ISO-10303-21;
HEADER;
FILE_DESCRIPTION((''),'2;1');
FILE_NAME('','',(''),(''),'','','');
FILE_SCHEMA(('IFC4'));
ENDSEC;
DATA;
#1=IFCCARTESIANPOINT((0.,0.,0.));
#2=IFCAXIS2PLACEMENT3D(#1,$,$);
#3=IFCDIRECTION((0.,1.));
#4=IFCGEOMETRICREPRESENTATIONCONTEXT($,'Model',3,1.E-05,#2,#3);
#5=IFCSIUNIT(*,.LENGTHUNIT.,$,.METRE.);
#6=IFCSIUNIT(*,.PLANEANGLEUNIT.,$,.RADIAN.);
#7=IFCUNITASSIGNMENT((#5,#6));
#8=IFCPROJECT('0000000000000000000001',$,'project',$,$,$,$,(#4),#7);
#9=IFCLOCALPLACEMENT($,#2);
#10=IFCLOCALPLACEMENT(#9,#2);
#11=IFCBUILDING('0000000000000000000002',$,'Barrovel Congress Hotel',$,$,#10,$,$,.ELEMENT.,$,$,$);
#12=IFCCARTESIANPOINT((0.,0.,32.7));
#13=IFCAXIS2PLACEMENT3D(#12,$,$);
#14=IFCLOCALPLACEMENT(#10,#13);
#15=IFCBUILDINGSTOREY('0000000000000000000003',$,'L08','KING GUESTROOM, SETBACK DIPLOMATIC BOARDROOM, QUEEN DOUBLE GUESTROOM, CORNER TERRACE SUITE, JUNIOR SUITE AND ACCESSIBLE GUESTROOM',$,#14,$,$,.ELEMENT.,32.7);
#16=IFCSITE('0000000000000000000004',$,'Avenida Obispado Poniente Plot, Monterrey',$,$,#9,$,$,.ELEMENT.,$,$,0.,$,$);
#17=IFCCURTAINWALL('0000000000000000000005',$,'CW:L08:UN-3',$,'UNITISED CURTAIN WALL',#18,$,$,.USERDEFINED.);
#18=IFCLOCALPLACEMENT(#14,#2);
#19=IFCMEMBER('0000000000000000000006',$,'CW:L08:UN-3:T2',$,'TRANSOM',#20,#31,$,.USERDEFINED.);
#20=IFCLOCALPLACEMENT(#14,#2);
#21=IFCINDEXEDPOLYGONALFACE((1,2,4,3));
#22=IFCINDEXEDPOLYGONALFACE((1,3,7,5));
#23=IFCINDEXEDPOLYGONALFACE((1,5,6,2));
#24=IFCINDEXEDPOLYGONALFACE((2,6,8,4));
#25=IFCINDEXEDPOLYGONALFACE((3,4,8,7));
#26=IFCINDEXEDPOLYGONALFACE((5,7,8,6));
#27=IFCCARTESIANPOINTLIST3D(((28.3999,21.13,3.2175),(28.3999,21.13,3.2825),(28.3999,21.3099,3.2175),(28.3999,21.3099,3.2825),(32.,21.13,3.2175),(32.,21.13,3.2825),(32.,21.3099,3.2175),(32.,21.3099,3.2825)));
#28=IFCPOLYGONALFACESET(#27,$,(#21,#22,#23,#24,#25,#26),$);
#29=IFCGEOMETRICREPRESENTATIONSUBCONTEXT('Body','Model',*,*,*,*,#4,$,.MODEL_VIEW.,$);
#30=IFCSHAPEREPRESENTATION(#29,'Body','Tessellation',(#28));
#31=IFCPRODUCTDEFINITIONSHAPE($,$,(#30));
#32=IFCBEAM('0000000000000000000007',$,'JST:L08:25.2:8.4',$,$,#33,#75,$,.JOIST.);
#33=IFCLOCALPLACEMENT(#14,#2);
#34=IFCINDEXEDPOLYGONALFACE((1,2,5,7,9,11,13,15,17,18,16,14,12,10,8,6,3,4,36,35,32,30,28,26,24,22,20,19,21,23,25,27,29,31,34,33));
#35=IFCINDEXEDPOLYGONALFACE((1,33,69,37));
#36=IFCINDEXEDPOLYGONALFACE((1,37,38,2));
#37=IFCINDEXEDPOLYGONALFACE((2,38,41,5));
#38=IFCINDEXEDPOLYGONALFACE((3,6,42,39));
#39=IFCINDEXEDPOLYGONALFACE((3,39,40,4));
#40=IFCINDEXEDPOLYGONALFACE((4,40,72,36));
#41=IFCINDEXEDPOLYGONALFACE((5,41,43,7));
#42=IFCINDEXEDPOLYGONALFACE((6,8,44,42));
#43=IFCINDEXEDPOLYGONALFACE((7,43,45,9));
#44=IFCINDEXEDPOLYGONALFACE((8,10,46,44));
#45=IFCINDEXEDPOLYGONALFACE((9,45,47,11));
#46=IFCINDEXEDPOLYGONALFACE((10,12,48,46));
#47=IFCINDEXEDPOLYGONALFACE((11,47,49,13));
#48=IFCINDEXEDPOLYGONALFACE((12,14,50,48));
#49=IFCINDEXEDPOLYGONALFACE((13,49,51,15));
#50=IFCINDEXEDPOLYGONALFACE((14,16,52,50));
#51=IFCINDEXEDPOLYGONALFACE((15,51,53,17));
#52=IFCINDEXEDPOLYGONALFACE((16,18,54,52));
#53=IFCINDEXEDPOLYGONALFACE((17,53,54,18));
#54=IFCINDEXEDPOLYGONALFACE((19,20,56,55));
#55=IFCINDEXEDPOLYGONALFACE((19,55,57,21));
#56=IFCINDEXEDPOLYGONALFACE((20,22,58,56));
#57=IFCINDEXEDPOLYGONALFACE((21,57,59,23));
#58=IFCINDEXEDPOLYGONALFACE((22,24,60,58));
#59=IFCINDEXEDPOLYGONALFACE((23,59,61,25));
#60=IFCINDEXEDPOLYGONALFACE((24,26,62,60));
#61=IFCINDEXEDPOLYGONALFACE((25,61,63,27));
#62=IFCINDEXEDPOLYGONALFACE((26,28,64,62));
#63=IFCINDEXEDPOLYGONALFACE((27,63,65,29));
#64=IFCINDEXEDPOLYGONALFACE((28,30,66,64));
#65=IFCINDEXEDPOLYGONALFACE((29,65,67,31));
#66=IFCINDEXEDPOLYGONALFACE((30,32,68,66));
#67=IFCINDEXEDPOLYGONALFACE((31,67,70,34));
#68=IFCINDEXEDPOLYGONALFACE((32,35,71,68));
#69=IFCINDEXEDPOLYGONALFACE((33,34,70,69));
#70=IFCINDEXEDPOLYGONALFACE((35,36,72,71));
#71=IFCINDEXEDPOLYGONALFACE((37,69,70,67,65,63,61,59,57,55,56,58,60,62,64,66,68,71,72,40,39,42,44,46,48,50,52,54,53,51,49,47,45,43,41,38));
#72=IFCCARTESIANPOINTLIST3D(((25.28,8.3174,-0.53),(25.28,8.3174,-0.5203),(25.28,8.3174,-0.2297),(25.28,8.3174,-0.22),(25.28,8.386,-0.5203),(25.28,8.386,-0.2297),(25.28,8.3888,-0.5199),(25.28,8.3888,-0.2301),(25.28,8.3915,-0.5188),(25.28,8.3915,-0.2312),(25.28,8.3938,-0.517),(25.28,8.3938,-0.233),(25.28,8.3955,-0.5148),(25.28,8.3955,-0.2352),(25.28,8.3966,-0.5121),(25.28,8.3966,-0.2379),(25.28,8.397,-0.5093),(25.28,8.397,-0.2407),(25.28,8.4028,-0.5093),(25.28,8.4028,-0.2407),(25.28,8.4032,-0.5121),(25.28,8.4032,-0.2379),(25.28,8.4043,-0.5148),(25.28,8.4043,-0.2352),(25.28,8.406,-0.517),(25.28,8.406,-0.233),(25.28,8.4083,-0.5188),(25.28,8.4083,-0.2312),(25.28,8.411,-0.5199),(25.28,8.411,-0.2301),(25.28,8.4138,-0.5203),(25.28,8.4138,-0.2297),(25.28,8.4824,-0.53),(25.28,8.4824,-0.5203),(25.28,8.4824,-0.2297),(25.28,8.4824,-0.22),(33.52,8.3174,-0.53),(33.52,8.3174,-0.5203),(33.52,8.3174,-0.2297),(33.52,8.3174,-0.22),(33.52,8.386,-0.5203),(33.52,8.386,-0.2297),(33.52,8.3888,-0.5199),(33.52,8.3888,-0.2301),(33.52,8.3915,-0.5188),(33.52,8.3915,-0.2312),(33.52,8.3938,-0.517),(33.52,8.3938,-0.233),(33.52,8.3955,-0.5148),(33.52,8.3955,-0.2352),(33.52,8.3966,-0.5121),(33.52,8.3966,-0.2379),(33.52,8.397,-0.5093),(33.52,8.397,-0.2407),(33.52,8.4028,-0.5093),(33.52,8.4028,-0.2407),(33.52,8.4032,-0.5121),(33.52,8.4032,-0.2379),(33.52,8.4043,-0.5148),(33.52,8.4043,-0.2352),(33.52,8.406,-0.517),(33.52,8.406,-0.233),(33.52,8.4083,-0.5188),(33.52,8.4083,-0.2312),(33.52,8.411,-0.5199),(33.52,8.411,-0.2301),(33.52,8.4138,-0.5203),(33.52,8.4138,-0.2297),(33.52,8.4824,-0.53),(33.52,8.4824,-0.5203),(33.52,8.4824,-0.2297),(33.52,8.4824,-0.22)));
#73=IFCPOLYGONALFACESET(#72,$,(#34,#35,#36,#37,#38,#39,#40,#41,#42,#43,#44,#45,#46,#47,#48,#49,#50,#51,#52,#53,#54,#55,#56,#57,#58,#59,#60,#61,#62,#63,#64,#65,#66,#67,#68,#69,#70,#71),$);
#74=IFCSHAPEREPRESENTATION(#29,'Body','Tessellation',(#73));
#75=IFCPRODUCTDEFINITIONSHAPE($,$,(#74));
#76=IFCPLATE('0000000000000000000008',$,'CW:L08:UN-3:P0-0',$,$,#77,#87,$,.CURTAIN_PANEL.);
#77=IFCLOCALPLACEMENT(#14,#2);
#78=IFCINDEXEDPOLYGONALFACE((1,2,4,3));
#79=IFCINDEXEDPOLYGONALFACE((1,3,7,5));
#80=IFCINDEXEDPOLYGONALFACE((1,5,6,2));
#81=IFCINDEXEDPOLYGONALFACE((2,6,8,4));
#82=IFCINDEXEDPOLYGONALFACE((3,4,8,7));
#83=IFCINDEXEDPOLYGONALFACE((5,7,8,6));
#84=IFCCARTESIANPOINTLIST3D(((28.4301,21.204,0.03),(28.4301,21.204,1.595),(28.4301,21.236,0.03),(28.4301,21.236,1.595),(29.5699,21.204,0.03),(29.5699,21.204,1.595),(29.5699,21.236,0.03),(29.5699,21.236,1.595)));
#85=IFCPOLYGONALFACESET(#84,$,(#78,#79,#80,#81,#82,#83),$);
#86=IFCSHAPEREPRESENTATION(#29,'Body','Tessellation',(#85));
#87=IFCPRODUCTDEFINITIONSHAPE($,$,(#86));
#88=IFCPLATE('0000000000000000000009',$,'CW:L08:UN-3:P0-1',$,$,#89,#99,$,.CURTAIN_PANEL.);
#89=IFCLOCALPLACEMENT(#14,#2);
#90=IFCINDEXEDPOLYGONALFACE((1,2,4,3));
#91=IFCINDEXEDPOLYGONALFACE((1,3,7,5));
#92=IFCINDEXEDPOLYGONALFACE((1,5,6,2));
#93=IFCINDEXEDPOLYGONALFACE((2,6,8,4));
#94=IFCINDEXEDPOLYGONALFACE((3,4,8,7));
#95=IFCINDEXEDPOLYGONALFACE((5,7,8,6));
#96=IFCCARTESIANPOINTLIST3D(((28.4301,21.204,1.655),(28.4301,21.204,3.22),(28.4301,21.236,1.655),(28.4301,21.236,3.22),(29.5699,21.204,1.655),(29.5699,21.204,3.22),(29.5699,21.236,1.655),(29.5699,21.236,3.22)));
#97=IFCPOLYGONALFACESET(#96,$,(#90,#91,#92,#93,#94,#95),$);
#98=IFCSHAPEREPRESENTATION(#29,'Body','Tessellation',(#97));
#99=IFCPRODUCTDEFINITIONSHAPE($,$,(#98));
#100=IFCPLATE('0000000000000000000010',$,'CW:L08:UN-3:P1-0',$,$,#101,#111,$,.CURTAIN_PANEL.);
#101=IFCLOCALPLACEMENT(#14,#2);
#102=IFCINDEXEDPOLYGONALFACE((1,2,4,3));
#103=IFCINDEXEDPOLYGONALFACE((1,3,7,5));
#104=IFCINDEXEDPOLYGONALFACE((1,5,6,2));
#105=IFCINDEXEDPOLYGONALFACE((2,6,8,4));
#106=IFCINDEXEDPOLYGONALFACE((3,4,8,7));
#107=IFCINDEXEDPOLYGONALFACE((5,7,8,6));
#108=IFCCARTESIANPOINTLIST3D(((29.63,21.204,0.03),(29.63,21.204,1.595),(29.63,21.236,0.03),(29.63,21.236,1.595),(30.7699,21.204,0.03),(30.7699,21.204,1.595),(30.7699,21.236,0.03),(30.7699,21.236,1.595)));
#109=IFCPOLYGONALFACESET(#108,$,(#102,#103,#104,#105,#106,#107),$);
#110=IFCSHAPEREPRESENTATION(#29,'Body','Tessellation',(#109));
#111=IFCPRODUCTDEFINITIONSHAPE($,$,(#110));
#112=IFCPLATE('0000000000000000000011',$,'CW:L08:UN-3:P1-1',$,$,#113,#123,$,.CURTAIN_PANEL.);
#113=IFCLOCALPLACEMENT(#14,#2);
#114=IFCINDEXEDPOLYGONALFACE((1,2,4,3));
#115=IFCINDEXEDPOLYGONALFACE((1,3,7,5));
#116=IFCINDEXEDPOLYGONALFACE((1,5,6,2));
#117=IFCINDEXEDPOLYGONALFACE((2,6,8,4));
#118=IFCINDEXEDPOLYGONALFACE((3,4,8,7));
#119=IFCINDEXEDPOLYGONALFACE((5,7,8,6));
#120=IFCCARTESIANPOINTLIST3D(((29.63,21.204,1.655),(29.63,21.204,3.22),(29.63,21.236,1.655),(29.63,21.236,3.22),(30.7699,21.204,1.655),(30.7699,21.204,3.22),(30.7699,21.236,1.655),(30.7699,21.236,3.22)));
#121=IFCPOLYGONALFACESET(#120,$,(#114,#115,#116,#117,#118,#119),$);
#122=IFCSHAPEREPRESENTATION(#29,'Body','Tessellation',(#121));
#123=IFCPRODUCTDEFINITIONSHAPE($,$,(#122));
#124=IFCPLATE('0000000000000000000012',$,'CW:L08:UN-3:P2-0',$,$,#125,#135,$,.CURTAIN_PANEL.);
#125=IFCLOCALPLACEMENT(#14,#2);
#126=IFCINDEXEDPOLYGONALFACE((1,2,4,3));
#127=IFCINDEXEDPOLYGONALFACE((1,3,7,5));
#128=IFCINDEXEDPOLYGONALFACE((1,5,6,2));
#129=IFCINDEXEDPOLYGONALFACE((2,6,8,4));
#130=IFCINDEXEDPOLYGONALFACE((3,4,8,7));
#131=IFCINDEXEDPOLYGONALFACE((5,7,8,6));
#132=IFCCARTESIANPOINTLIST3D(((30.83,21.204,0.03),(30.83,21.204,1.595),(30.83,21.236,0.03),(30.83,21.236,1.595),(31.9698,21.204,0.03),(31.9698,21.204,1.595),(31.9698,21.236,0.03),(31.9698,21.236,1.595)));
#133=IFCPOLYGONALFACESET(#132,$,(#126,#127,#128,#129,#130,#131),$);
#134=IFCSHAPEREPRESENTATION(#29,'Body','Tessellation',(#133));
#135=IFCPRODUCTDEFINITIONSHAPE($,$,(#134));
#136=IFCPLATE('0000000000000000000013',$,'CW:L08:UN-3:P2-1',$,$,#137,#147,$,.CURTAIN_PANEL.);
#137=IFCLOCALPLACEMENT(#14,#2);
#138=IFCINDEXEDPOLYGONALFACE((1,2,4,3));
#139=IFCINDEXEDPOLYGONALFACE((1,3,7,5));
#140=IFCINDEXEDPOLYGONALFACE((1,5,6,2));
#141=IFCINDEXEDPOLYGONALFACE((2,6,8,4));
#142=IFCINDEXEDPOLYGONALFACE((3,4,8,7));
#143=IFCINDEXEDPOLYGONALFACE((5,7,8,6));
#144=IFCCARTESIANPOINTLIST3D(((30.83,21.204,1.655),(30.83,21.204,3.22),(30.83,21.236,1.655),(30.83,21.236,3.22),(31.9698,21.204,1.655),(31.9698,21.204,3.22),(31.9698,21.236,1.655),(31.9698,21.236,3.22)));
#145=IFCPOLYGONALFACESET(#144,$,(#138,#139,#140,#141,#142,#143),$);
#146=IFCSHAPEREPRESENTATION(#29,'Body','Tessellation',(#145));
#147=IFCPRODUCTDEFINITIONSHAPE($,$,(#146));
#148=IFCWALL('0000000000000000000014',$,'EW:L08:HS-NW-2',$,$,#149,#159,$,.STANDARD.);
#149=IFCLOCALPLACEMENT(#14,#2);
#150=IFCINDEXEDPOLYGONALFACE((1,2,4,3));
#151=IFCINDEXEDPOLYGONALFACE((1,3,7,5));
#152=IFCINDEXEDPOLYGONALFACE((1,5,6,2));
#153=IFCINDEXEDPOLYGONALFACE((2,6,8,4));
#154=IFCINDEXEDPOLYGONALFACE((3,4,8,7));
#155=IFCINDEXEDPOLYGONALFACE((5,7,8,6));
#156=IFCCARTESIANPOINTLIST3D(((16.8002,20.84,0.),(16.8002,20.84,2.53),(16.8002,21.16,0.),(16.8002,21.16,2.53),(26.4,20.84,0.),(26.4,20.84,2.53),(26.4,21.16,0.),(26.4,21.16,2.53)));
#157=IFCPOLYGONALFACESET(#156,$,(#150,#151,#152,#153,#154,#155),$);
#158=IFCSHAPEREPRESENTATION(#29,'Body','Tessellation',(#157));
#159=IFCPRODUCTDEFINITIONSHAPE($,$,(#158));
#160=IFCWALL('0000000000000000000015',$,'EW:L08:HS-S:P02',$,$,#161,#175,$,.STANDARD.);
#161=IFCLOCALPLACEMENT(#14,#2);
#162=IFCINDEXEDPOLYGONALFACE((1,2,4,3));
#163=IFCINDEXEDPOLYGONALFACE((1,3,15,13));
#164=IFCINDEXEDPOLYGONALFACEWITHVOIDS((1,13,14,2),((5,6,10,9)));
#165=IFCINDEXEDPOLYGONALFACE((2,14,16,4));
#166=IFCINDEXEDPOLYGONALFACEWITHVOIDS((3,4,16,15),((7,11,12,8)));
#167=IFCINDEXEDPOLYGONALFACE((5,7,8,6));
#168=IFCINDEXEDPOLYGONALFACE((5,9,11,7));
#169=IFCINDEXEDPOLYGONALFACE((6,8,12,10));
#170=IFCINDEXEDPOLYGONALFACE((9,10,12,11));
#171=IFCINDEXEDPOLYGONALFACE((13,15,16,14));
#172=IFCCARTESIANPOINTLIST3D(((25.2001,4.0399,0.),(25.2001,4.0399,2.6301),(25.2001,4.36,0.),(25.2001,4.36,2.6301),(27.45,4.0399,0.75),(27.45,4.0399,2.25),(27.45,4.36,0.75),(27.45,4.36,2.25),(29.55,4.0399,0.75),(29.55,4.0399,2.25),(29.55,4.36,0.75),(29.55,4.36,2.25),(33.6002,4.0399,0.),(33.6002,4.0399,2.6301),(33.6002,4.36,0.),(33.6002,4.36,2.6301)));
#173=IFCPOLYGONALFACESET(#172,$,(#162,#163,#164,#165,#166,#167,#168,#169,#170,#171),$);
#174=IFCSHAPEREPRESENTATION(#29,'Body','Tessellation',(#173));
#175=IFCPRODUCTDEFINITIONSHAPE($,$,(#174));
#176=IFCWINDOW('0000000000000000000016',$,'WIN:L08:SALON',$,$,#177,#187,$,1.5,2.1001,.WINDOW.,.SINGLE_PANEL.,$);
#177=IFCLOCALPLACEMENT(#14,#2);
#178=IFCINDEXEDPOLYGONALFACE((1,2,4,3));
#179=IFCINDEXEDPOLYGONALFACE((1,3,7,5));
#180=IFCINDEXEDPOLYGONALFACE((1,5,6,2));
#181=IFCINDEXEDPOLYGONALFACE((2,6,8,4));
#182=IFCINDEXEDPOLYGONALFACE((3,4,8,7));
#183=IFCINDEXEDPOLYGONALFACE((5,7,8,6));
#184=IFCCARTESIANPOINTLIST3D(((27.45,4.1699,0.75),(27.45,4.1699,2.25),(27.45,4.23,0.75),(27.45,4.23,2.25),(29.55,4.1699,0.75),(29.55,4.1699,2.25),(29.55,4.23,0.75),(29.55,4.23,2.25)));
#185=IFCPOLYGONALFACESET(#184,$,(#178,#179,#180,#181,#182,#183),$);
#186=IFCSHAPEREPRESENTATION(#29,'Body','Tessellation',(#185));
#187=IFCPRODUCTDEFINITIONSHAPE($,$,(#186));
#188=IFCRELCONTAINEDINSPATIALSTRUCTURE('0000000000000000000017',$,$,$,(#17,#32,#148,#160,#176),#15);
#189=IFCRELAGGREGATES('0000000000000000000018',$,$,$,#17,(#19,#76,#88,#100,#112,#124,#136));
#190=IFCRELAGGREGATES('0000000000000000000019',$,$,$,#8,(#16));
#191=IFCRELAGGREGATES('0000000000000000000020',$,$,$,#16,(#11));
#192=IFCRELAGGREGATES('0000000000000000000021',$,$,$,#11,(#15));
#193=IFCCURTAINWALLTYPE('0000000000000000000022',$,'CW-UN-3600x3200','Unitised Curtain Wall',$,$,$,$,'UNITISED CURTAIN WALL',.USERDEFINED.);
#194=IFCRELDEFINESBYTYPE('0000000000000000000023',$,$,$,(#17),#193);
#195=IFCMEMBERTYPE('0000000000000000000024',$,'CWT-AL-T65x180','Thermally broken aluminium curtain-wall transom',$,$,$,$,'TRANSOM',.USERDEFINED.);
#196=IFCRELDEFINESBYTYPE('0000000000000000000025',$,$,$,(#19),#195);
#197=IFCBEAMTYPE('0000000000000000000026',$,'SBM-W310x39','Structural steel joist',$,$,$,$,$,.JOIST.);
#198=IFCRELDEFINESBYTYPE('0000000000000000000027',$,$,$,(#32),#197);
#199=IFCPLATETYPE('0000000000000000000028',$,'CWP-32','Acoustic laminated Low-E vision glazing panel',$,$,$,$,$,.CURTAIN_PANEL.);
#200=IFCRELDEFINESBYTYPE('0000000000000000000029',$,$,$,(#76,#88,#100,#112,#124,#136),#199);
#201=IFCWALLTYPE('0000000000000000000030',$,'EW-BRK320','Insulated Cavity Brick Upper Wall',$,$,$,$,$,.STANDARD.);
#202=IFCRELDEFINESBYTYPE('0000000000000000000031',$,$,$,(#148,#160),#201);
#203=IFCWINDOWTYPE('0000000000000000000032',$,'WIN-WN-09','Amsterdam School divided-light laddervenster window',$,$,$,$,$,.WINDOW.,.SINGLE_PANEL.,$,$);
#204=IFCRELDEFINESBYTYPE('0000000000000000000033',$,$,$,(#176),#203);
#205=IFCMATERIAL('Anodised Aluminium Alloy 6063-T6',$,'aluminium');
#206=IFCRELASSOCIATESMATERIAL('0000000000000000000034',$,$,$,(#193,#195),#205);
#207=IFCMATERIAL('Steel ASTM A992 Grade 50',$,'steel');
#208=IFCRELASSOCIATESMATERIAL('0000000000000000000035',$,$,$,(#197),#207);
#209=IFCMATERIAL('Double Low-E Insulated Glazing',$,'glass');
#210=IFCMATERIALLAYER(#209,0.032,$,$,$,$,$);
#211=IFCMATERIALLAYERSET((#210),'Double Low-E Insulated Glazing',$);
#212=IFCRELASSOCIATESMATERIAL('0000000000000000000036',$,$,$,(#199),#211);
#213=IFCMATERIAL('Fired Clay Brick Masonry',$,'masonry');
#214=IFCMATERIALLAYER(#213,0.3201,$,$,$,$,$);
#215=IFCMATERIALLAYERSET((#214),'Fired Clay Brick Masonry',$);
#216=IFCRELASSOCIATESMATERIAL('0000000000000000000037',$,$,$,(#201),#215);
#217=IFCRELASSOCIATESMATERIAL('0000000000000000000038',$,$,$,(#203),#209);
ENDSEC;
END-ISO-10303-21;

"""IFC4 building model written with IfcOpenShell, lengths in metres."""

from ifc_helpers import new_model, si_unit, direction, frame, frame_2d, origin, origin_2d, place, context, subcontext, project, spatial, rectangle, i_section, extrude, material, layer, layer_set, material_profile, profile_set, type_object, element, fill, aggregate, save


model = new_model("IFC4")

# Units and contexts
model_context = context("Model", 3, precision=1e-05, world=origin(), true_north=direction((0.0, 1.0)))
body_context = subcontext(model_context, "Body", "Model", "MODEL_VIEW")
ifc_project = project(units=[si_unit("LENGTHUNIT", "METRE"), si_unit("PLANEANGLEUNIT", "RADIAN")], contexts=[model_context])

# Site, building, storey
site_placement = place(None, origin())
site = spatial("IfcSite", under=ifc_project, at=site_placement, Name="Avenida Obispado Poniente Plot, Monterrey", CompositionType="ELEMENT", RefElevation=0.0)
building_placement = place(site_placement, origin())
building = spatial("IfcBuilding", under=site, at=building_placement, Name="Barrovel Congress Hotel", CompositionType="ELEMENT")
storey_placement = place(building_placement, frame((0.0, 0.0, 32.7)))
storey = spatial("IfcBuildingStorey", under=building, at=storey_placement, Name="L08", Description="KING GUESTROOM, SETBACK DIPLOMATIC BOARDROOM, QUEEN DOUBLE GUESTROOM, CORNER TERRACE SUITE, JUNIOR SUITE AND ACCESSIBLE GUESTROOM", CompositionType="ELEMENT", Elevation=32.7)

# Curtain wall, member
ifc_material_1 = material(Name="Anodised Aluminium Alloy 6063-T6", Category="aluminium")
curtain_wall_type = type_object("IfcCurtainWallType", Name="CW-UN-3600x3200", Description="Unitised Curtain Wall", ElementType="UNITISED CURTAIN WALL", PredefinedType="USERDEFINED", material=ifc_material_1)
curtain_wall_placement = place(storey_placement, origin())
curtain_wall = element("IfcCurtainWall", 1, at=curtain_wall_placement, inside=storey, type_object=curtain_wall_type, Name="CW:L08:UN-3", ObjectType="UNITISED CURTAIN WALL", PredefinedType="USERDEFINED")
ifc_material_profile_1 = material_profile(ifc_material_1, rectangle(XDim=0.1799, YDim=0.0649, at=origin_2d()), Name="AL-T65x180")
ifc_profile_set_1 = profile_set([ifc_material_profile_1], Name="Anodised Aluminium Alloy 6063-T6")
member_type_1 = type_object("IfcMemberType", Name="CWT-AL-T65x180", Description="Thermally broken aluminium curtain-wall transom", ElementType="TRANSOM", PredefinedType="USERDEFINED", material=ifc_profile_set_1)
member_1_placement = place(storey_placement, frame((28.3999, 21.22, 3.25), z_axis=(1.0, 0.0, 0.0), x_axis=(0.0, 1.0, 0.0)))
member_1 = element("IfcMember", 2, at=member_1_placement, type_object=member_type_1, Name="CW:L08:UN-3:T2", ObjectType="TRANSOM", PredefinedType="USERDEFINED", context=body_context, shape_type="SweptSolid", body=[
    extrude(rectangle(XDim=0.1799, YDim=0.0649, at=origin_2d()), origin(), (0.0, 0.0, 1.0), 3.6001),
])

# Beam
ifc_material_2 = material(Name="Steel ASTM A992 Grade 50", Category="steel")
ifc_material_profile_2 = material_profile(ifc_material_2, i_section(OverallWidth=0.165, OverallDepth=0.3101, WebThickness=0.0059, FlangeThickness=0.0098, FilletRadius=0.011, at=origin_2d()), Name="W310x39")
ifc_profile_set_2 = profile_set([ifc_material_profile_2], Name="Steel ASTM A992 Grade 50")
beam_type_1 = type_object("IfcBeamType", Name="SBM-W310x39", Description="Structural steel joist", PredefinedType="JOIST", material=ifc_profile_set_2)
beam_1_placement = place(storey_placement, frame((25.28, 8.3999, -0.375), z_axis=(1.0, 0.0, 0.0), x_axis=(0.0, 1.0, 0.0)))
element("IfcBeam", 3, at=beam_1_placement, inside=storey, type_object=beam_type_1, Name="JST:L08:25.2:8.4", PredefinedType="JOIST", context=body_context, shape_type="SweptSolid", body=[
    extrude(i_section(OverallWidth=0.165, OverallDepth=0.3101, WebThickness=0.0059, FlangeThickness=0.0098, FilletRadius=0.011, at=origin_2d()), origin(), (0.0, 0.0, 1.0), 8.24),
])

# Plates
ifc_material_3 = material(Name="Double Low-E Insulated Glazing", Category="glass")
ifc_layer_1 = layer(ifc_material_3, 0.032)
ifc_layer_set_1 = layer_set([ifc_layer_1], Name="Double Low-E Insulated Glazing")
plate_type = type_object("IfcPlateType", Name="CWP-32", Description="Acoustic laminated Low-E vision glazing panel", PredefinedType="CURTAIN_PANEL", material=ifc_layer_set_1)
plate_1_placement = place(storey_placement, frame((29.0, 21.22, 0.03), z_axis=(0.0, 0.0, 1.0), x_axis=(1.0, 0.0, 0.0)))
plate_1 = element("IfcPlate", 4, at=plate_1_placement, type_object=plate_type, Name="CW:L08:UN-3:P0-0", PredefinedType="CURTAIN_PANEL", context=body_context, shape_type="SweptSolid", body=[
    extrude(rectangle(XDim=1.1399, YDim=0.032, at=origin_2d()), origin(), (0.0, 0.0, 1.0), 1.5649),
])
plate_2_placement = place(storey_placement, frame((29.0, 21.22, 1.655), z_axis=(0.0, 0.0, 1.0), x_axis=(1.0, 0.0, 0.0)))
plate_2 = element("IfcPlate", 5, at=plate_2_placement, type_object=plate_type, Name="CW:L08:UN-3:P0-1", PredefinedType="CURTAIN_PANEL", context=body_context, shape_type="SweptSolid", body=[
    extrude(rectangle(XDim=1.1399, YDim=0.032, at=origin_2d()), origin(), (0.0, 0.0, 1.0), 1.5649),
])
plate_3_placement = place(storey_placement, frame((30.2, 21.22, 0.03), z_axis=(0.0, 0.0, 1.0), x_axis=(1.0, 0.0, 0.0)))
plate_3 = element("IfcPlate", 6, at=plate_3_placement, type_object=plate_type, Name="CW:L08:UN-3:P1-0", PredefinedType="CURTAIN_PANEL", context=body_context, shape_type="SweptSolid", body=[
    extrude(rectangle(XDim=1.1399, YDim=0.032, at=origin_2d()), origin(), (0.0, 0.0, 1.0), 1.5649),
])
plate_4_placement = place(storey_placement, frame((30.2, 21.22, 1.655), z_axis=(0.0, 0.0, 1.0), x_axis=(1.0, 0.0, 0.0)))
plate_4 = element("IfcPlate", 7, at=plate_4_placement, type_object=plate_type, Name="CW:L08:UN-3:P1-1", PredefinedType="CURTAIN_PANEL", context=body_context, shape_type="SweptSolid", body=[
    extrude(rectangle(XDim=1.1399, YDim=0.032, at=origin_2d()), origin(), (0.0, 0.0, 1.0), 1.5649),
])
plate_5_placement = place(storey_placement, frame((31.3999, 21.22, 0.03), z_axis=(0.0, 0.0, 1.0), x_axis=(1.0, 0.0, 0.0)))
plate_5 = element("IfcPlate", 8, at=plate_5_placement, type_object=plate_type, Name="CW:L08:UN-3:P2-0", PredefinedType="CURTAIN_PANEL", context=body_context, shape_type="SweptSolid", body=[
    extrude(rectangle(XDim=1.1399, YDim=0.032, at=origin_2d()), origin(), (0.0, 0.0, 1.0), 1.5649),
])
plate_6_placement = place(storey_placement, frame((31.3999, 21.22, 1.655), z_axis=(0.0, 0.0, 1.0), x_axis=(1.0, 0.0, 0.0)))
plate_6 = element("IfcPlate", 9, at=plate_6_placement, type_object=plate_type, Name="CW:L08:UN-3:P2-1", PredefinedType="CURTAIN_PANEL", context=body_context, shape_type="SweptSolid", body=[
    extrude(rectangle(XDim=1.1399, YDim=0.032, at=origin_2d()), origin(), (0.0, 0.0, 1.0), 1.5649),
])
aggregate(curtain_wall, [member_1, plate_1, plate_2, plate_3, plate_4, plate_5, plate_6])

# Wall
ifc_material_4 = material(Name="Fired Clay Brick Masonry", Category="masonry")
ifc_layer_2 = layer(ifc_material_4, 0.3201)
ifc_layer_set_2 = layer_set([ifc_layer_2], Name="Fired Clay Brick Masonry")
wall_type_1 = type_object("IfcWallType", Name="EW-BRK320", Description="Insulated Cavity Brick Upper Wall", PredefinedType="STANDARD", material=ifc_layer_set_2)
wall_1_placement = place(storey_placement, frame((26.3999, 21.0, 0.0), z_axis=(0.0, 0.0, 1.0), x_axis=(-1.0, 0.0, 0.0)))
element("IfcWall", 10, at=wall_1_placement, inside=storey, type_object=wall_type_1, Name="EW:L08:HS-NW-2", PredefinedType="STANDARD", context=body_context, shape_type="SweptSolid", body=[
    extrude(rectangle(XDim=9.5999, YDim=0.3201, at=frame_2d((4.7998, 0.0))), origin(), (0.0, 0.0, 1.0), 2.53),
])

# Wall, opening, window
wall_2_placement = place(storey_placement, frame((25.2, 4.2, 0.0), z_axis=(0.0, 0.0, 1.0), x_axis=(1.0, 0.0, 0.0)))
wall_2 = element("IfcWall", 11, at=wall_2_placement, inside=storey, type_object=wall_type_1, Name="EW:L08:HS-S:P02", PredefinedType="STANDARD", context=body_context, shape_type="SweptSolid", body=[
    extrude(rectangle(XDim=8.4001, YDim=0.3201, at=frame_2d((4.2002, 0.0))), origin(), (0.0, 0.0, 1.0), 2.6301),
])
opening_1_placement = place(wall_2_placement, frame((2.25, 0.0, 0.75)))
opening_1 = element("IfcOpeningElement", 12, at=opening_1_placement, cuts=wall_2, PredefinedType="OPENING", context=body_context, shape_type="SweptSolid", body=[
    extrude(rectangle(XDim=2.1001, YDim=1.5, at=frame_2d((1.05, 0.75))), frame((0.0, 0.1699, 0.0), z_axis=(0.0, -1.0, 0.0), x_axis=(1.0, 0.0, 0.0)), (0.0, 0.0, 1.0), 0.3401),
])
window_type = type_object("IfcWindowType", Name="WIN-WN-09", Description="Amsterdam School divided-light laddervenster window", PartitioningType="SINGLE_PANEL", PredefinedType="WINDOW", material=ifc_material_3)
window_placement = place(opening_1_placement, origin())
window = element("IfcWindow", 13, at=window_placement, inside=storey, type_object=window_type, Name="WIN:L08:SALON", OverallHeight=1.5, OverallWidth=2.1001, PartitioningType="SINGLE_PANEL", PredefinedType="WINDOW", context=body_context, shape_type="SweptSolid", body=[
    extrude(rectangle(XDim=2.1001, YDim=1.5, at=frame_2d((1.05, 0.75))), frame((0.0, 0.03, 0.0), z_axis=(0.0, -1.0, 0.0), x_axis=(1.0, 0.0, 0.0)), (0.0, 0.0, 1.0), 0.0601),
])
fill(opening_1, window)

save(model, "model.ifc")
